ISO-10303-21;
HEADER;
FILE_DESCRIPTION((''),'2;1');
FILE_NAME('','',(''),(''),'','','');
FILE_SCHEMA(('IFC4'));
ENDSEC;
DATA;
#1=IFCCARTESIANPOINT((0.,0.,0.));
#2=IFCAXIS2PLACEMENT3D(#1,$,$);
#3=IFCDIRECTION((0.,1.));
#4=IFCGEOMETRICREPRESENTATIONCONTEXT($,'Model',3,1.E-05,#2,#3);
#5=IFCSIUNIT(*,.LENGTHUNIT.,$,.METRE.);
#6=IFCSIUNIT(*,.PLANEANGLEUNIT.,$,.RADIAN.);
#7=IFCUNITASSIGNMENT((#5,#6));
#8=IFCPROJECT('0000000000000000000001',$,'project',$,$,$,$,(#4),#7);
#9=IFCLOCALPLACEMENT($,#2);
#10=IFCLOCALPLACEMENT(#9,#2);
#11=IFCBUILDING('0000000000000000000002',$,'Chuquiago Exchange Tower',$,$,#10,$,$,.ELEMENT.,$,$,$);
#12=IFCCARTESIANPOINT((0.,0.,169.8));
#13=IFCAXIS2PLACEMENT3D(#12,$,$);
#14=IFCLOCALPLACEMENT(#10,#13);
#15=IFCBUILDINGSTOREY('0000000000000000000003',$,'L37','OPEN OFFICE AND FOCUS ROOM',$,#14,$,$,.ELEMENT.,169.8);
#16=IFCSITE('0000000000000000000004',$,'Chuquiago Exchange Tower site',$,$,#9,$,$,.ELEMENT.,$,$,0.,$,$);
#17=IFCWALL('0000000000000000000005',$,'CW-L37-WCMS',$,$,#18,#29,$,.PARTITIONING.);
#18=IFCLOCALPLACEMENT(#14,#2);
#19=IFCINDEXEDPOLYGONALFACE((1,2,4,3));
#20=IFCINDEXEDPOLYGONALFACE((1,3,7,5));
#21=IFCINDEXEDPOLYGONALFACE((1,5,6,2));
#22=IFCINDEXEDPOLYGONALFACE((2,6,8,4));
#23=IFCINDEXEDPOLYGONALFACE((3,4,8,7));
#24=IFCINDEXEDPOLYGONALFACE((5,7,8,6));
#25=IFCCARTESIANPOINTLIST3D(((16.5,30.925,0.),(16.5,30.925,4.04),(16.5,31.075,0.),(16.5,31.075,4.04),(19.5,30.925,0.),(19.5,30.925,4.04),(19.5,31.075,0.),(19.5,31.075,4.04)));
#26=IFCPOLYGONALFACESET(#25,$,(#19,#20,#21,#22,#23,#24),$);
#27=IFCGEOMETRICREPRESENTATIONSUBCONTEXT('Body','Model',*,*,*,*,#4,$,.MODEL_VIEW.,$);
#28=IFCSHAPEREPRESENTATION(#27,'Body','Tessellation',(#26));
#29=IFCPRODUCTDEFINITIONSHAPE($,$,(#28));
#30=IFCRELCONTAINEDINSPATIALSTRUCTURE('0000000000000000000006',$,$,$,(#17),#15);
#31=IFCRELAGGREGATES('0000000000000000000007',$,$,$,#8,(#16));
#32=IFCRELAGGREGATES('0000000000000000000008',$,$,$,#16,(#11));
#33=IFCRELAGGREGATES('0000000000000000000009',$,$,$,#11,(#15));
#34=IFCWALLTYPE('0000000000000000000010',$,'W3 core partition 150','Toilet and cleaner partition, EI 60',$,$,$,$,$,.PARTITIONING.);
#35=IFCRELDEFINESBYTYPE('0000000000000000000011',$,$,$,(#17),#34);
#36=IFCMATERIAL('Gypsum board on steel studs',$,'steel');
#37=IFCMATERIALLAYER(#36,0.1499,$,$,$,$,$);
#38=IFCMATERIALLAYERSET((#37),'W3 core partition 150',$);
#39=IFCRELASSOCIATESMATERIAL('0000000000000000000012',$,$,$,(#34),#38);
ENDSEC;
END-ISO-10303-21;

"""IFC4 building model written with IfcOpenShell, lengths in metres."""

from ifc_helpers import new_model, si_unit, direction, frame, frame_2d, origin, place, context, subcontext, project, spatial, rectangle, extrude, material, layer, layer_set, type_object, element, save


model = new_model("IFC4")

# Units and contexts
model_context = context("Model", 3, precision=1e-05, world=origin(), true_north=direction((0.0, 1.0)))
body_context = subcontext(model_context, "Body", "Model", "MODEL_VIEW")
ifc_project = project(units=[si_unit("LENGTHUNIT", "METRE"), si_unit("PLANEANGLEUNIT", "RADIAN")], contexts=[model_context])

# Site, building, storey
site_placement = place(None, origin())
site = spatial("IfcSite", under=ifc_project, at=site_placement, Name="Chuquiago Exchange Tower site", CompositionType="ELEMENT", RefElevation=0.0)
building_placement = place(site_placement, origin())
building = spatial("IfcBuilding", under=site, at=building_placement, Name="Chuquiago Exchange Tower", CompositionType="ELEMENT")
storey_placement = place(building_placement, frame((0.0, 0.0, 169.8)))
storey = spatial("IfcBuildingStorey", under=building, at=storey_placement, Name="L37", Description="OPEN OFFICE AND FOCUS ROOM", CompositionType="ELEMENT", Elevation=169.8)

# Wall
ifc_material_1 = material(Name="Gypsum board on steel studs", Category="steel")
ifc_layer_1 = layer(ifc_material_1, 0.1499)
ifc_layer_set_1 = layer_set([ifc_layer_1], Name="W3 core partition 150")
wall_type_1 = type_object("IfcWallType", Name="W3 core partition 150", Description="Toilet and cleaner partition, EI 60", PredefinedType="PARTITIONING", material=ifc_layer_set_1)
wall_1_placement = place(storey_placement, frame((16.5, 31.0, 0.0), z_axis=(0.0, 0.0, 1.0), x_axis=(1.0, 0.0, 0.0)))
element("IfcWall", 1, at=wall_1_placement, inside=storey, type_object=wall_type_1, Name="CW-L37-WCMS", PredefinedType="PARTITIONING", context=body_context, shape_type="SweptSolid", body=[
    extrude(rectangle(XDim=3.0, YDim=0.1499, at=frame_2d((1.5, 0.0))), origin(), (0.0, 0.0, 1.0), 4.04),
])

save(model, "model.ifc")
